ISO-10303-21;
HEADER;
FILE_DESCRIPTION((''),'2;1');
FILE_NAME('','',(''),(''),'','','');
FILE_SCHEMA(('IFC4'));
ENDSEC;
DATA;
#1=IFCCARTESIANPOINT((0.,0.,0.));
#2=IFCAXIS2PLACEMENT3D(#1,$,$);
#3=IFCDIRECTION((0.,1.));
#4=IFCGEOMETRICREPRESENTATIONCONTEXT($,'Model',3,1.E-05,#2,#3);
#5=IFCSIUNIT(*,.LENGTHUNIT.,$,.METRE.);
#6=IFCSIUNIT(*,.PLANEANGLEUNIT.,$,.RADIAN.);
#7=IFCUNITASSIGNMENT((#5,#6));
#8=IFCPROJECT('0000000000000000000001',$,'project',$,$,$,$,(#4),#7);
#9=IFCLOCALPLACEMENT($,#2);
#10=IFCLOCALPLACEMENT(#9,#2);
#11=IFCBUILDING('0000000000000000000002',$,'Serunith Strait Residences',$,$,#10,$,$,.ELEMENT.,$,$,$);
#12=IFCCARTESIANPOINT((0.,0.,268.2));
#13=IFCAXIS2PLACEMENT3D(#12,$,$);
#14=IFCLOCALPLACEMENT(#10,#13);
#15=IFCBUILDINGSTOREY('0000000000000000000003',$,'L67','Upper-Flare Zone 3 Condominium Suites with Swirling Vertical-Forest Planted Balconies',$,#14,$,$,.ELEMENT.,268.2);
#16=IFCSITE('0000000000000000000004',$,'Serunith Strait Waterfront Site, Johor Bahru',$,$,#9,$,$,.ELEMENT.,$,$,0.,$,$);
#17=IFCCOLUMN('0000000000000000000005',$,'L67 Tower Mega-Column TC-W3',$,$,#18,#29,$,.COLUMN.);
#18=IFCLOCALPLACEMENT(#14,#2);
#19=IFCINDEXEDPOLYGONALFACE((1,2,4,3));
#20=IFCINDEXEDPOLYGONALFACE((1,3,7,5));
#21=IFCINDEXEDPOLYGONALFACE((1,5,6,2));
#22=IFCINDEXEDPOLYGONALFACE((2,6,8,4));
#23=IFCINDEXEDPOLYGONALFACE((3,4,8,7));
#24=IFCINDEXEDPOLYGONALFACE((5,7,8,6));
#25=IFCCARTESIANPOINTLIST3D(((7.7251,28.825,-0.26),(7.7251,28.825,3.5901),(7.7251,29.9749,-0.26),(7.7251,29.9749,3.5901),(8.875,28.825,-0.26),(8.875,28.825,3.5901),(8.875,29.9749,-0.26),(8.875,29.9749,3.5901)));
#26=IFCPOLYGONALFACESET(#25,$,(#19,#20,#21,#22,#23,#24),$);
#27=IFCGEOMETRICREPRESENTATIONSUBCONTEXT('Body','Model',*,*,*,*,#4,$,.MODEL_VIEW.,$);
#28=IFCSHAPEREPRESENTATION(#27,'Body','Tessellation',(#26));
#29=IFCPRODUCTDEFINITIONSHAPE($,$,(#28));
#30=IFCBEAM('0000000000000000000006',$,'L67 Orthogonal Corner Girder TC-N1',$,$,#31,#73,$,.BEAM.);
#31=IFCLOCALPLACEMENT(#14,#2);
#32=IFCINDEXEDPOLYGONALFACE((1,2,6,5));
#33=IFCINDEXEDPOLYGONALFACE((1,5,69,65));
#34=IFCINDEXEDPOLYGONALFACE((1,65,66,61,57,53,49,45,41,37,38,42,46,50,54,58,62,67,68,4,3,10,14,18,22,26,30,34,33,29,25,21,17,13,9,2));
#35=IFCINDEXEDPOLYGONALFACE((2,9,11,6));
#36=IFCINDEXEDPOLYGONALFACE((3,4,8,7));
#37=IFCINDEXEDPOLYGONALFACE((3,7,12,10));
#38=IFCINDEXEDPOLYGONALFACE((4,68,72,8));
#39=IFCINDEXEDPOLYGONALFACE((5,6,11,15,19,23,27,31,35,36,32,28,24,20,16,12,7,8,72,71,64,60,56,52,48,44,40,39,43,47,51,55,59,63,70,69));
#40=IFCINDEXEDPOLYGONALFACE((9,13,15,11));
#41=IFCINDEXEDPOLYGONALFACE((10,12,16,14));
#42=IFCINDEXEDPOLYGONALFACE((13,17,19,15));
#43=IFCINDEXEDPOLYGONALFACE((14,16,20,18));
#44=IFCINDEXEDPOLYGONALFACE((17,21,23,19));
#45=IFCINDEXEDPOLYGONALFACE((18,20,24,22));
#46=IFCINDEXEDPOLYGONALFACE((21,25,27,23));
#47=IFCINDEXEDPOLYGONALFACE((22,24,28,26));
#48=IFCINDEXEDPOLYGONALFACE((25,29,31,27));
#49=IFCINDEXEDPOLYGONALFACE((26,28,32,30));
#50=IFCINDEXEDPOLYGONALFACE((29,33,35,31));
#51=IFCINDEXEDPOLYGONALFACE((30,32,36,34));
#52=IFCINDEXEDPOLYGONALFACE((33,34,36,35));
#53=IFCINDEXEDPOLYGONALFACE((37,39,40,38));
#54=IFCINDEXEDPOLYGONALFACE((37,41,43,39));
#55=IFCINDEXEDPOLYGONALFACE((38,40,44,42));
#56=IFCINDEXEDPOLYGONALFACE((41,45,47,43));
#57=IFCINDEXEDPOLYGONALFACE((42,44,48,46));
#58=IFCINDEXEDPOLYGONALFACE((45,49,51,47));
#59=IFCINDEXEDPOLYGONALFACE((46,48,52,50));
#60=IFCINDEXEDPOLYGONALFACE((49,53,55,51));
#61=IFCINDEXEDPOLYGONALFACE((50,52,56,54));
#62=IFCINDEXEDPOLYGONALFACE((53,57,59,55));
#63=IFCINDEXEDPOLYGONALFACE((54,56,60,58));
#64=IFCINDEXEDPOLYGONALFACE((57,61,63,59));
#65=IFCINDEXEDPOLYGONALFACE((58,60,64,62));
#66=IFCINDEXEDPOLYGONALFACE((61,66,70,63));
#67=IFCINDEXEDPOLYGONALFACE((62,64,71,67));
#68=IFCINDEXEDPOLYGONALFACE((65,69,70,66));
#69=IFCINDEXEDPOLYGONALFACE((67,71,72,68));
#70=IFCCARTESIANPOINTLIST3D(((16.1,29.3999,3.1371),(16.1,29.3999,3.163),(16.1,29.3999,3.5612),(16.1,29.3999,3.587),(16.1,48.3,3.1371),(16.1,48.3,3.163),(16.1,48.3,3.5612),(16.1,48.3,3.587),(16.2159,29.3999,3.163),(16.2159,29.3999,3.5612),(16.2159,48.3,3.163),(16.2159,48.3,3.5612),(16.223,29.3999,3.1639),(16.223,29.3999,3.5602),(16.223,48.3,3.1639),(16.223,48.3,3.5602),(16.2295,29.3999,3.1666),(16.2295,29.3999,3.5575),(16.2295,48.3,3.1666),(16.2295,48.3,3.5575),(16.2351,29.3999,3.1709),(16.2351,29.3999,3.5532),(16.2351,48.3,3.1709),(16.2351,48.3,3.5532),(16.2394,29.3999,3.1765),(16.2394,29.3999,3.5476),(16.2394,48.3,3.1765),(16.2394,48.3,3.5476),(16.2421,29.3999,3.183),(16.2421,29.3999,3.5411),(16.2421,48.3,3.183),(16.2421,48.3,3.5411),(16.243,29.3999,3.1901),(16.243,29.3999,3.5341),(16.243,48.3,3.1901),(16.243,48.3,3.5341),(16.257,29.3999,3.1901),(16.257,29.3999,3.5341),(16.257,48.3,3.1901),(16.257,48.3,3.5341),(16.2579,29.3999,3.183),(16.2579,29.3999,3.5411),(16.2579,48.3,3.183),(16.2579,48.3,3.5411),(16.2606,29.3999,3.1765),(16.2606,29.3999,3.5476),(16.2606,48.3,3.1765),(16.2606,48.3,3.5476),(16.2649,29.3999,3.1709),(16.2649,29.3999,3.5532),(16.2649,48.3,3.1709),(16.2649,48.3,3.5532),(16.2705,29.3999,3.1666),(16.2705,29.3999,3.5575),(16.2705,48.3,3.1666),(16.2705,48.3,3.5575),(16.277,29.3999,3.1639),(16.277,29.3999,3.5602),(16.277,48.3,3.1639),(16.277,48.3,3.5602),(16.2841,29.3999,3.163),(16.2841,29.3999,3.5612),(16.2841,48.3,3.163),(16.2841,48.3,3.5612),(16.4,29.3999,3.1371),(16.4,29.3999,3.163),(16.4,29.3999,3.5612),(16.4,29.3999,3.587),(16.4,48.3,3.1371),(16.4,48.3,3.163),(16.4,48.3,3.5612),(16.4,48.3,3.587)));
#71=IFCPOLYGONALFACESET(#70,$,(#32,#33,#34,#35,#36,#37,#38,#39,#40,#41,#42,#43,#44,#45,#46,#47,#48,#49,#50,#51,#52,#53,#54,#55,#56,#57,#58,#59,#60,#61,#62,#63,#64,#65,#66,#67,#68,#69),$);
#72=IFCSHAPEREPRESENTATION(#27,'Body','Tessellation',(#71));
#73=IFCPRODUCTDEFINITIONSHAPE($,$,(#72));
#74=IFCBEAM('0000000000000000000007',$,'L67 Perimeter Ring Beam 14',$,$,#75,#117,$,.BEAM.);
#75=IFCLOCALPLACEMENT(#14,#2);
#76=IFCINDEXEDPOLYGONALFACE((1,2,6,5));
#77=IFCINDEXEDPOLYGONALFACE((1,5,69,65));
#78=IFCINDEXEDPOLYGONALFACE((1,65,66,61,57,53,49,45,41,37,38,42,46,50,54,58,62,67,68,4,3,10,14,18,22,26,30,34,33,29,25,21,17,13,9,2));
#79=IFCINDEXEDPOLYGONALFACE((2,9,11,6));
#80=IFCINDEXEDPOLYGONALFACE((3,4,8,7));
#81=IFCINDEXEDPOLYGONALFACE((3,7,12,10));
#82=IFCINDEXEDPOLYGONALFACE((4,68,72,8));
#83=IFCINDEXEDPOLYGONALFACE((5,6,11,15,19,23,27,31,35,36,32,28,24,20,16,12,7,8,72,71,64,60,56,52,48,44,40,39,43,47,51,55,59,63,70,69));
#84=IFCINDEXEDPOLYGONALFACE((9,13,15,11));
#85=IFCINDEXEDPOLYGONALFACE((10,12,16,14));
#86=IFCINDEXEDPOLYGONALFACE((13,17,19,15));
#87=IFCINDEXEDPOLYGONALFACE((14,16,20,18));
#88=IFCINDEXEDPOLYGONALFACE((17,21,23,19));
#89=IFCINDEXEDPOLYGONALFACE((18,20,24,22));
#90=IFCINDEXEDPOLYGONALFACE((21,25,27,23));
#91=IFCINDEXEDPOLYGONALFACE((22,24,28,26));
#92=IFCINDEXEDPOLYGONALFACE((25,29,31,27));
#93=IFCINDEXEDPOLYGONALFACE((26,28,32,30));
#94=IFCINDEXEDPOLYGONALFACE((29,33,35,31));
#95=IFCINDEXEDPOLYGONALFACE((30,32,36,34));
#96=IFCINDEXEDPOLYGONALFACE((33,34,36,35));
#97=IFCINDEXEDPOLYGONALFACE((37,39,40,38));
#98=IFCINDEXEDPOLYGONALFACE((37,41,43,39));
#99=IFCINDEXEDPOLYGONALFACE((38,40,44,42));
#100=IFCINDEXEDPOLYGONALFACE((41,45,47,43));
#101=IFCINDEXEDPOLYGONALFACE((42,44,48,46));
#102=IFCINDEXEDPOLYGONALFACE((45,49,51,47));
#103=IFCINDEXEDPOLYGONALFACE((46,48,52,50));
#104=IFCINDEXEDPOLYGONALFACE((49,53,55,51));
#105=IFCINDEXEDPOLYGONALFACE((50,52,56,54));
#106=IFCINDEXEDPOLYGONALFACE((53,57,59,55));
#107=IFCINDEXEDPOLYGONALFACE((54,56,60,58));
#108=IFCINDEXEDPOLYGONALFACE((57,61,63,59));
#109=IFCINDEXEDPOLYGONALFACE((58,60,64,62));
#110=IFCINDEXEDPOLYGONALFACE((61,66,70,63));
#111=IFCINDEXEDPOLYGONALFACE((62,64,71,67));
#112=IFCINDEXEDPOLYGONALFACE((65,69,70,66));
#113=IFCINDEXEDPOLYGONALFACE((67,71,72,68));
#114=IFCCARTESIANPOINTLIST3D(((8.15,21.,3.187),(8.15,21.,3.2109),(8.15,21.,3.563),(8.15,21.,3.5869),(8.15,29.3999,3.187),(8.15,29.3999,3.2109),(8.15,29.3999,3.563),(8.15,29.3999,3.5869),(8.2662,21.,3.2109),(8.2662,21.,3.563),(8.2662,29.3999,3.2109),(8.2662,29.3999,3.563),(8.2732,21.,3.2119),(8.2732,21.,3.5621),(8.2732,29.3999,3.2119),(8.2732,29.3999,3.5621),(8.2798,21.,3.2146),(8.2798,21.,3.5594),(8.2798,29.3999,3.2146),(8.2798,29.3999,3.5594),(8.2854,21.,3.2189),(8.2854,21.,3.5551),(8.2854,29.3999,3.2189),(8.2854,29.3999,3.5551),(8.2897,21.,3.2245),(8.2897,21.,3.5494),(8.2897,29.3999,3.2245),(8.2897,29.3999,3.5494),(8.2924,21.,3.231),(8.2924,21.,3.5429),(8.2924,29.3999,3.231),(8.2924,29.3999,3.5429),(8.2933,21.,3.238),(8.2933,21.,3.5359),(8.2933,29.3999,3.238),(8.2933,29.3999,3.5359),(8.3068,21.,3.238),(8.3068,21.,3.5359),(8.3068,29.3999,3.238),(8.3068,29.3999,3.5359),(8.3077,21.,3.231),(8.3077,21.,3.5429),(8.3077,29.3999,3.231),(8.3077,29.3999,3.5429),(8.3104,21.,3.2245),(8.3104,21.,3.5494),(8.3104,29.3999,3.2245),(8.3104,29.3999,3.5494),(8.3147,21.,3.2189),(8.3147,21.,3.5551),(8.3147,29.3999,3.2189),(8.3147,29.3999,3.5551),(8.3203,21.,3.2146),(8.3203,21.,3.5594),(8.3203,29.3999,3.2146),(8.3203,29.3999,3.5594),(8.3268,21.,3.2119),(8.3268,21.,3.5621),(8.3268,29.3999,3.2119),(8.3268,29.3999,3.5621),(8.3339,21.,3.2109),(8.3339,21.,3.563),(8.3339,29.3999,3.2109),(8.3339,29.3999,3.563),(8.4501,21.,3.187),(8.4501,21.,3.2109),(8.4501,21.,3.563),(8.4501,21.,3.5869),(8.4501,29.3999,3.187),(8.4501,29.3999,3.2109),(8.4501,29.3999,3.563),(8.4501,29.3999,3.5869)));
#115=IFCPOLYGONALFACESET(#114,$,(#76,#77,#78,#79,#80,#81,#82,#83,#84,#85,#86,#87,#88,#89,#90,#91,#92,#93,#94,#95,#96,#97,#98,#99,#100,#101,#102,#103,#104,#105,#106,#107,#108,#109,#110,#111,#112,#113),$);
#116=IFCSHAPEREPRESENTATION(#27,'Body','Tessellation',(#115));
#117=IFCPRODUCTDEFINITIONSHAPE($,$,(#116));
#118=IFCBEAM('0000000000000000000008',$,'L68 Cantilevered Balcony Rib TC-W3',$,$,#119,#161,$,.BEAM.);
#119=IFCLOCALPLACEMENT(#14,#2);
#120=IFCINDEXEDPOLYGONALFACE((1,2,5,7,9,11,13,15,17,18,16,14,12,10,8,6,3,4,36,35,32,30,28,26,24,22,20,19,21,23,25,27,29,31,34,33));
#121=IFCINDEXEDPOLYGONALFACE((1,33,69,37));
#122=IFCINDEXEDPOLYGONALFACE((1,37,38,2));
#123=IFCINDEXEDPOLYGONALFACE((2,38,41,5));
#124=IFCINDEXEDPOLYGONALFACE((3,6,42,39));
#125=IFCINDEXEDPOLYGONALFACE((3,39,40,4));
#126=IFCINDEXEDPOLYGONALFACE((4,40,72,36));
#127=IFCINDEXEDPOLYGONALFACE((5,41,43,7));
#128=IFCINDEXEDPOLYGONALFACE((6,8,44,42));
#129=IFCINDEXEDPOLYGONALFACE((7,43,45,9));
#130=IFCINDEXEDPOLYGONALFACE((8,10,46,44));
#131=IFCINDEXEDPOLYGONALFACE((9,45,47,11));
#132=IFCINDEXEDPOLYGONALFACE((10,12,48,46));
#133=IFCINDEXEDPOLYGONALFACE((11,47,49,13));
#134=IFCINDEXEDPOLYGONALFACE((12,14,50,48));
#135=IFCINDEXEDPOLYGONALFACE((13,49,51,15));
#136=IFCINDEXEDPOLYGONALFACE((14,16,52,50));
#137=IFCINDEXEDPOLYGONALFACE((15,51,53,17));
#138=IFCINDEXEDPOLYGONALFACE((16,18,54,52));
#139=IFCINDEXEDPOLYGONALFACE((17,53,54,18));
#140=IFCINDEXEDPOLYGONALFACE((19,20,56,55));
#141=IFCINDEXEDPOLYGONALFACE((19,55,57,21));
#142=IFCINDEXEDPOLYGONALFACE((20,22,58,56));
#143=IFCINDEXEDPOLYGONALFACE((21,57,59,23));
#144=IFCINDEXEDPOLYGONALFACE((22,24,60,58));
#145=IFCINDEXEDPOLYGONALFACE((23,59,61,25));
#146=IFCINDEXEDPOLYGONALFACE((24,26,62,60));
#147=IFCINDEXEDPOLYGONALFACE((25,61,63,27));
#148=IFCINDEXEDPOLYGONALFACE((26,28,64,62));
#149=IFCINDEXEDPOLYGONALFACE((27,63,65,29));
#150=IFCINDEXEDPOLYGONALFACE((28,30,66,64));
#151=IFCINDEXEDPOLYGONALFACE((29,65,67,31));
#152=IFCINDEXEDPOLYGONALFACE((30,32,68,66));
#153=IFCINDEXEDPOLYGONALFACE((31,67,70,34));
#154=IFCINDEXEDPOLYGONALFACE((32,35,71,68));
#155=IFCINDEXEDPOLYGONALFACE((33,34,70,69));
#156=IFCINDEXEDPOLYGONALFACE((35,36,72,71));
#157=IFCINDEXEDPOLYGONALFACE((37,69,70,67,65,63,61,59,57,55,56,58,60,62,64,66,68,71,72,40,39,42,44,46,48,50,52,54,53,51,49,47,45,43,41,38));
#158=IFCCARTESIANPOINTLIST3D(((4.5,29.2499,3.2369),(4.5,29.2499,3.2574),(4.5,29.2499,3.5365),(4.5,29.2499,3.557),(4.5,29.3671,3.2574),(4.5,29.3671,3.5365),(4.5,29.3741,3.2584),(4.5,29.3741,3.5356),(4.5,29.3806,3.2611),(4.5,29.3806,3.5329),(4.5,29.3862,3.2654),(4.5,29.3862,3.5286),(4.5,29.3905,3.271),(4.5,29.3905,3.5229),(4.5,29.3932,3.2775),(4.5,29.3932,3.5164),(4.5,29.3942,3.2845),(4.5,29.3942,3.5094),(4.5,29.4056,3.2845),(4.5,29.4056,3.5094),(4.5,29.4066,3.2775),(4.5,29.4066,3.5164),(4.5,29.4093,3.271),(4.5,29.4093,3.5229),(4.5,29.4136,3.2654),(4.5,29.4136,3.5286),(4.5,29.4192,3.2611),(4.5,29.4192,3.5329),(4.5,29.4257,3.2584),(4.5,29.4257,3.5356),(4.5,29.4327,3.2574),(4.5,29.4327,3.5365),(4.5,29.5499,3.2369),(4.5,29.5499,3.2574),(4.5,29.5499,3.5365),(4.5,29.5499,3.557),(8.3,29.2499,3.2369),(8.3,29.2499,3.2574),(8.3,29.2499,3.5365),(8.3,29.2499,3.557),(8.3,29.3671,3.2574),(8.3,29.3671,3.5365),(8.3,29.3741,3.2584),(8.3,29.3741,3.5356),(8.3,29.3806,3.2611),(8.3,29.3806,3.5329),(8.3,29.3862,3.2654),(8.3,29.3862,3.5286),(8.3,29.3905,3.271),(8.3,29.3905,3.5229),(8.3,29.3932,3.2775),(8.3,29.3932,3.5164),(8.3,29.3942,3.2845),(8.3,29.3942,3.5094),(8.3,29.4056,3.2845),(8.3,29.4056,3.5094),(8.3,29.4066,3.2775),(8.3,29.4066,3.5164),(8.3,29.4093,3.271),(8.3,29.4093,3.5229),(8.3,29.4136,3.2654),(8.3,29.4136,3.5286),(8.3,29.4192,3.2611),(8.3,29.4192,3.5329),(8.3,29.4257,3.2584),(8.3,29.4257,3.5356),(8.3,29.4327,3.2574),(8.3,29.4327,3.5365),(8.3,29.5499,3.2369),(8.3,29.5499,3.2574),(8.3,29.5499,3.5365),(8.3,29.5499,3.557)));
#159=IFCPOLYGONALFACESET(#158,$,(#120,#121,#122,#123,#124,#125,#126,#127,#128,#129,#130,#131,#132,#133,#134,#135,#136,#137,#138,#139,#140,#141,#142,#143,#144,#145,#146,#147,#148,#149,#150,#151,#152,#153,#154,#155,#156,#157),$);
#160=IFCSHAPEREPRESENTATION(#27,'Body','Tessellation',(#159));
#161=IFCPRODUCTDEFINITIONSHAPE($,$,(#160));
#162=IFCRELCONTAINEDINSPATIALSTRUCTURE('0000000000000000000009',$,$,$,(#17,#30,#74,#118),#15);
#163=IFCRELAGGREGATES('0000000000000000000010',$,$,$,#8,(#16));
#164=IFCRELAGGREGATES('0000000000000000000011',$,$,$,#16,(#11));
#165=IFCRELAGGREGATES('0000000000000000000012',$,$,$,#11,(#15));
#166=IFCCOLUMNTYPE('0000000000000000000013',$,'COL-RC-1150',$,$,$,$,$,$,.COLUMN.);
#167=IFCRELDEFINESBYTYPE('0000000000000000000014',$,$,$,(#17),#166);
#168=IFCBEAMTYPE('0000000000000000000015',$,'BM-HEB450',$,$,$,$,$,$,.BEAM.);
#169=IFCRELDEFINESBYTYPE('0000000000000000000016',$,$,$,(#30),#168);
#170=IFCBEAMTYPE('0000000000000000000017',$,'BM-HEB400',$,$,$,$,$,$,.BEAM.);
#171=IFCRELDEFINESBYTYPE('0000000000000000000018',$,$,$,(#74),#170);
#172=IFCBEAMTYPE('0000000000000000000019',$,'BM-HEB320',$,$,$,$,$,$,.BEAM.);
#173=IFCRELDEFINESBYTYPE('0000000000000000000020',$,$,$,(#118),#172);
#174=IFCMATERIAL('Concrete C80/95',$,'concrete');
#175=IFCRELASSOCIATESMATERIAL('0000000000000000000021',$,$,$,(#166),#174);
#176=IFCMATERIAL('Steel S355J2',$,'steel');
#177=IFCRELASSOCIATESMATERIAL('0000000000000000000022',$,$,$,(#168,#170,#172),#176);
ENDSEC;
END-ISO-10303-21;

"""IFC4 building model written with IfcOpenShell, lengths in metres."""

from ifc_helpers import new_model, si_unit, direction, frame, origin, origin_2d, place, context, subcontext, project, spatial, rectangle, i_section, extrude, source, transform, mapped, material, material_profile, profile_set, type_object, element, save


model = new_model("IFC4")

# Units and contexts
model_context = context("Model", 3, precision=1e-05, world=origin(), true_north=direction((0.0, 1.0)))
body_context = subcontext(model_context, "Body", "Model", "MODEL_VIEW")
ifc_project = project(units=[si_unit("LENGTHUNIT", "METRE"), si_unit("PLANEANGLEUNIT", "RADIAN")], contexts=[model_context])

# Site, building, storey
site_placement = place(None, origin())
site = spatial("IfcSite", under=ifc_project, at=site_placement, Name="Serunith Strait Waterfront Site, Johor Bahru", CompositionType="ELEMENT", RefElevation=0.0)
building_placement = place(site_placement, origin())
building = spatial("IfcBuilding", under=site, at=building_placement, Name="Serunith Strait Residences", CompositionType="ELEMENT")
storey_placement = place(building_placement, frame((0.0, 0.0, 268.2)))
storey = spatial("IfcBuildingStorey", under=building, at=storey_placement, Name="L67", Description="Upper-Flare Zone 3 Condominium Suites with Swirling Vertical-Forest Planted Balconies", CompositionType="ELEMENT", Elevation=268.2)

# Column
ifc_material_1 = material(Name="Concrete C80/95", Category="concrete")
ifc_material_profile_1 = material_profile(ifc_material_1, rectangle(XDim=1.1499, YDim=1.1499, at=origin_2d()), Name="RC 1150x1150")
ifc_profile_set_1 = profile_set([ifc_material_profile_1], Name="Concrete C80/95")
column_type = type_object("IfcColumnType", Name="COL-RC-1150", PredefinedType="COLUMN", material=ifc_profile_set_1)
shared_shape_1 = source(origin(), body_context, "Body", "SweptSolid", [
    extrude(rectangle(XDim=1.1499, YDim=1.1499, at=origin_2d()), origin(), (0.0, 0.0, 1.0), 3.8501),
])
column_placement = place(storey_placement, frame((8.3, 29.3999, -0.26), z_axis=(0.0, 0.0, 1.0), x_axis=(1.0, 0.0, 0.0)))
element("IfcColumn", 1, at=column_placement, inside=storey, type_object=column_type, Name="L67 Tower Mega-Column TC-W3", PredefinedType="COLUMN", context=body_context, shape_type="MappedRepresentation", body=[
    mapped(shared_shape_1, transform((0.0, 0.0, 0.0), scale=1.0)),
])

# Beams
ifc_material_2 = material(Name="Steel S355J2", Category="steel")
ifc_material_profile_2 = material_profile(ifc_material_2, i_section(OverallWidth=0.3, OverallDepth=0.45, WebThickness=0.0139, FlangeThickness=0.0259, FilletRadius=0.0271, at=origin_2d()), Name="HEB 450")
ifc_profile_set_2 = profile_set([ifc_material_profile_2], Name="Steel S355J2")
beam_type_1 = type_object("IfcBeamType", Name="BM-HEB450", PredefinedType="BEAM", material=ifc_profile_set_2)
shared_shape_2 = source(origin(), body_context, "Body", "SweptSolid", [
    extrude(i_section(OverallWidth=0.3, OverallDepth=0.45, WebThickness=0.0139, FlangeThickness=0.0259, FilletRadius=0.0271, at=origin_2d()), origin(), (0.0, 0.0, 1.0), 18.9001),
])
beam_1_placement = place(storey_placement, frame((16.25, 29.3999, 3.3621), z_axis=(0.0, 1.0, 0.0), x_axis=(-1.0, 0.0, 0.0)))
element("IfcBeam", 2, at=beam_1_placement, inside=storey, type_object=beam_type_1, Name="L67 Orthogonal Corner Girder TC-N1", PredefinedType="BEAM", context=body_context, shape_type="MappedRepresentation", body=[
    mapped(shared_shape_2, transform((0.0, 0.0, 0.0), scale=1.0)),
])
ifc_material_profile_3 = material_profile(ifc_material_2, i_section(OverallWidth=0.3, OverallDepth=0.3999, WebThickness=0.0134, FlangeThickness=0.0239, FilletRadius=0.0271, at=origin_2d()), Name="HEB 400")
ifc_profile_set_3 = profile_set([ifc_material_profile_3], Name="Steel S355J2")
beam_type_2 = type_object("IfcBeamType", Name="BM-HEB400", PredefinedType="BEAM", material=ifc_profile_set_3)
shared_shape_3 = source(origin(), body_context, "Body", "SweptSolid", [
    extrude(i_section(OverallWidth=0.3, OverallDepth=0.3999, WebThickness=0.0134, FlangeThickness=0.0239, FilletRadius=0.0271, at=origin_2d()), origin(), (0.0, 0.0, 1.0), 8.3999),
])
beam_2_placement = place(storey_placement, frame((8.3, 29.3999, 3.387), z_axis=(0.0, -1.0, 0.0), x_axis=(1.0, 0.0, 0.0)))
element("IfcBeam", 3, at=beam_2_placement, inside=storey, type_object=beam_type_2, Name="L67 Perimeter Ring Beam 14", PredefinedType="BEAM", context=body_context, shape_type="MappedRepresentation", body=[
    mapped(shared_shape_3, transform((0.0, 0.0, 0.0), scale=1.0)),
])
ifc_material_profile_4 = material_profile(ifc_material_2, i_section(OverallWidth=0.3, OverallDepth=0.3201, WebThickness=0.0115, FlangeThickness=0.0205, FilletRadius=0.0271, at=origin_2d()), Name="HEB 320")
ifc_profile_set_4 = profile_set([ifc_material_profile_4], Name="Steel S355J2")
beam_type_3 = type_object("IfcBeamType", Name="BM-HEB320", PredefinedType="BEAM", material=ifc_profile_set_4)
shared_shape_4 = source(origin(), body_context, "Body", "SweptSolid", [
    extrude(i_section(OverallWidth=0.3, OverallDepth=0.3201, WebThickness=0.0115, FlangeThickness=0.0205, FilletRadius=0.0271, at=origin_2d()), origin(), (0.0, 0.0, 1.0), 3.8),
])
beam_3_placement = place(storey_placement, frame((8.3, 29.3999, 3.397), z_axis=(-1.0, 0.0, 0.0), x_axis=(0.0, -1.0, 0.0)))
element("IfcBeam", 4, at=beam_3_placement, inside=storey, type_object=beam_type_3, Name="L68 Cantilevered Balcony Rib TC-W3", PredefinedType="BEAM", context=body_context, shape_type="MappedRepresentation", body=[
    mapped(shared_shape_4, transform((0.0, 0.0, 0.0), scale=1.0)),
])

save(model, "model.ifc")
